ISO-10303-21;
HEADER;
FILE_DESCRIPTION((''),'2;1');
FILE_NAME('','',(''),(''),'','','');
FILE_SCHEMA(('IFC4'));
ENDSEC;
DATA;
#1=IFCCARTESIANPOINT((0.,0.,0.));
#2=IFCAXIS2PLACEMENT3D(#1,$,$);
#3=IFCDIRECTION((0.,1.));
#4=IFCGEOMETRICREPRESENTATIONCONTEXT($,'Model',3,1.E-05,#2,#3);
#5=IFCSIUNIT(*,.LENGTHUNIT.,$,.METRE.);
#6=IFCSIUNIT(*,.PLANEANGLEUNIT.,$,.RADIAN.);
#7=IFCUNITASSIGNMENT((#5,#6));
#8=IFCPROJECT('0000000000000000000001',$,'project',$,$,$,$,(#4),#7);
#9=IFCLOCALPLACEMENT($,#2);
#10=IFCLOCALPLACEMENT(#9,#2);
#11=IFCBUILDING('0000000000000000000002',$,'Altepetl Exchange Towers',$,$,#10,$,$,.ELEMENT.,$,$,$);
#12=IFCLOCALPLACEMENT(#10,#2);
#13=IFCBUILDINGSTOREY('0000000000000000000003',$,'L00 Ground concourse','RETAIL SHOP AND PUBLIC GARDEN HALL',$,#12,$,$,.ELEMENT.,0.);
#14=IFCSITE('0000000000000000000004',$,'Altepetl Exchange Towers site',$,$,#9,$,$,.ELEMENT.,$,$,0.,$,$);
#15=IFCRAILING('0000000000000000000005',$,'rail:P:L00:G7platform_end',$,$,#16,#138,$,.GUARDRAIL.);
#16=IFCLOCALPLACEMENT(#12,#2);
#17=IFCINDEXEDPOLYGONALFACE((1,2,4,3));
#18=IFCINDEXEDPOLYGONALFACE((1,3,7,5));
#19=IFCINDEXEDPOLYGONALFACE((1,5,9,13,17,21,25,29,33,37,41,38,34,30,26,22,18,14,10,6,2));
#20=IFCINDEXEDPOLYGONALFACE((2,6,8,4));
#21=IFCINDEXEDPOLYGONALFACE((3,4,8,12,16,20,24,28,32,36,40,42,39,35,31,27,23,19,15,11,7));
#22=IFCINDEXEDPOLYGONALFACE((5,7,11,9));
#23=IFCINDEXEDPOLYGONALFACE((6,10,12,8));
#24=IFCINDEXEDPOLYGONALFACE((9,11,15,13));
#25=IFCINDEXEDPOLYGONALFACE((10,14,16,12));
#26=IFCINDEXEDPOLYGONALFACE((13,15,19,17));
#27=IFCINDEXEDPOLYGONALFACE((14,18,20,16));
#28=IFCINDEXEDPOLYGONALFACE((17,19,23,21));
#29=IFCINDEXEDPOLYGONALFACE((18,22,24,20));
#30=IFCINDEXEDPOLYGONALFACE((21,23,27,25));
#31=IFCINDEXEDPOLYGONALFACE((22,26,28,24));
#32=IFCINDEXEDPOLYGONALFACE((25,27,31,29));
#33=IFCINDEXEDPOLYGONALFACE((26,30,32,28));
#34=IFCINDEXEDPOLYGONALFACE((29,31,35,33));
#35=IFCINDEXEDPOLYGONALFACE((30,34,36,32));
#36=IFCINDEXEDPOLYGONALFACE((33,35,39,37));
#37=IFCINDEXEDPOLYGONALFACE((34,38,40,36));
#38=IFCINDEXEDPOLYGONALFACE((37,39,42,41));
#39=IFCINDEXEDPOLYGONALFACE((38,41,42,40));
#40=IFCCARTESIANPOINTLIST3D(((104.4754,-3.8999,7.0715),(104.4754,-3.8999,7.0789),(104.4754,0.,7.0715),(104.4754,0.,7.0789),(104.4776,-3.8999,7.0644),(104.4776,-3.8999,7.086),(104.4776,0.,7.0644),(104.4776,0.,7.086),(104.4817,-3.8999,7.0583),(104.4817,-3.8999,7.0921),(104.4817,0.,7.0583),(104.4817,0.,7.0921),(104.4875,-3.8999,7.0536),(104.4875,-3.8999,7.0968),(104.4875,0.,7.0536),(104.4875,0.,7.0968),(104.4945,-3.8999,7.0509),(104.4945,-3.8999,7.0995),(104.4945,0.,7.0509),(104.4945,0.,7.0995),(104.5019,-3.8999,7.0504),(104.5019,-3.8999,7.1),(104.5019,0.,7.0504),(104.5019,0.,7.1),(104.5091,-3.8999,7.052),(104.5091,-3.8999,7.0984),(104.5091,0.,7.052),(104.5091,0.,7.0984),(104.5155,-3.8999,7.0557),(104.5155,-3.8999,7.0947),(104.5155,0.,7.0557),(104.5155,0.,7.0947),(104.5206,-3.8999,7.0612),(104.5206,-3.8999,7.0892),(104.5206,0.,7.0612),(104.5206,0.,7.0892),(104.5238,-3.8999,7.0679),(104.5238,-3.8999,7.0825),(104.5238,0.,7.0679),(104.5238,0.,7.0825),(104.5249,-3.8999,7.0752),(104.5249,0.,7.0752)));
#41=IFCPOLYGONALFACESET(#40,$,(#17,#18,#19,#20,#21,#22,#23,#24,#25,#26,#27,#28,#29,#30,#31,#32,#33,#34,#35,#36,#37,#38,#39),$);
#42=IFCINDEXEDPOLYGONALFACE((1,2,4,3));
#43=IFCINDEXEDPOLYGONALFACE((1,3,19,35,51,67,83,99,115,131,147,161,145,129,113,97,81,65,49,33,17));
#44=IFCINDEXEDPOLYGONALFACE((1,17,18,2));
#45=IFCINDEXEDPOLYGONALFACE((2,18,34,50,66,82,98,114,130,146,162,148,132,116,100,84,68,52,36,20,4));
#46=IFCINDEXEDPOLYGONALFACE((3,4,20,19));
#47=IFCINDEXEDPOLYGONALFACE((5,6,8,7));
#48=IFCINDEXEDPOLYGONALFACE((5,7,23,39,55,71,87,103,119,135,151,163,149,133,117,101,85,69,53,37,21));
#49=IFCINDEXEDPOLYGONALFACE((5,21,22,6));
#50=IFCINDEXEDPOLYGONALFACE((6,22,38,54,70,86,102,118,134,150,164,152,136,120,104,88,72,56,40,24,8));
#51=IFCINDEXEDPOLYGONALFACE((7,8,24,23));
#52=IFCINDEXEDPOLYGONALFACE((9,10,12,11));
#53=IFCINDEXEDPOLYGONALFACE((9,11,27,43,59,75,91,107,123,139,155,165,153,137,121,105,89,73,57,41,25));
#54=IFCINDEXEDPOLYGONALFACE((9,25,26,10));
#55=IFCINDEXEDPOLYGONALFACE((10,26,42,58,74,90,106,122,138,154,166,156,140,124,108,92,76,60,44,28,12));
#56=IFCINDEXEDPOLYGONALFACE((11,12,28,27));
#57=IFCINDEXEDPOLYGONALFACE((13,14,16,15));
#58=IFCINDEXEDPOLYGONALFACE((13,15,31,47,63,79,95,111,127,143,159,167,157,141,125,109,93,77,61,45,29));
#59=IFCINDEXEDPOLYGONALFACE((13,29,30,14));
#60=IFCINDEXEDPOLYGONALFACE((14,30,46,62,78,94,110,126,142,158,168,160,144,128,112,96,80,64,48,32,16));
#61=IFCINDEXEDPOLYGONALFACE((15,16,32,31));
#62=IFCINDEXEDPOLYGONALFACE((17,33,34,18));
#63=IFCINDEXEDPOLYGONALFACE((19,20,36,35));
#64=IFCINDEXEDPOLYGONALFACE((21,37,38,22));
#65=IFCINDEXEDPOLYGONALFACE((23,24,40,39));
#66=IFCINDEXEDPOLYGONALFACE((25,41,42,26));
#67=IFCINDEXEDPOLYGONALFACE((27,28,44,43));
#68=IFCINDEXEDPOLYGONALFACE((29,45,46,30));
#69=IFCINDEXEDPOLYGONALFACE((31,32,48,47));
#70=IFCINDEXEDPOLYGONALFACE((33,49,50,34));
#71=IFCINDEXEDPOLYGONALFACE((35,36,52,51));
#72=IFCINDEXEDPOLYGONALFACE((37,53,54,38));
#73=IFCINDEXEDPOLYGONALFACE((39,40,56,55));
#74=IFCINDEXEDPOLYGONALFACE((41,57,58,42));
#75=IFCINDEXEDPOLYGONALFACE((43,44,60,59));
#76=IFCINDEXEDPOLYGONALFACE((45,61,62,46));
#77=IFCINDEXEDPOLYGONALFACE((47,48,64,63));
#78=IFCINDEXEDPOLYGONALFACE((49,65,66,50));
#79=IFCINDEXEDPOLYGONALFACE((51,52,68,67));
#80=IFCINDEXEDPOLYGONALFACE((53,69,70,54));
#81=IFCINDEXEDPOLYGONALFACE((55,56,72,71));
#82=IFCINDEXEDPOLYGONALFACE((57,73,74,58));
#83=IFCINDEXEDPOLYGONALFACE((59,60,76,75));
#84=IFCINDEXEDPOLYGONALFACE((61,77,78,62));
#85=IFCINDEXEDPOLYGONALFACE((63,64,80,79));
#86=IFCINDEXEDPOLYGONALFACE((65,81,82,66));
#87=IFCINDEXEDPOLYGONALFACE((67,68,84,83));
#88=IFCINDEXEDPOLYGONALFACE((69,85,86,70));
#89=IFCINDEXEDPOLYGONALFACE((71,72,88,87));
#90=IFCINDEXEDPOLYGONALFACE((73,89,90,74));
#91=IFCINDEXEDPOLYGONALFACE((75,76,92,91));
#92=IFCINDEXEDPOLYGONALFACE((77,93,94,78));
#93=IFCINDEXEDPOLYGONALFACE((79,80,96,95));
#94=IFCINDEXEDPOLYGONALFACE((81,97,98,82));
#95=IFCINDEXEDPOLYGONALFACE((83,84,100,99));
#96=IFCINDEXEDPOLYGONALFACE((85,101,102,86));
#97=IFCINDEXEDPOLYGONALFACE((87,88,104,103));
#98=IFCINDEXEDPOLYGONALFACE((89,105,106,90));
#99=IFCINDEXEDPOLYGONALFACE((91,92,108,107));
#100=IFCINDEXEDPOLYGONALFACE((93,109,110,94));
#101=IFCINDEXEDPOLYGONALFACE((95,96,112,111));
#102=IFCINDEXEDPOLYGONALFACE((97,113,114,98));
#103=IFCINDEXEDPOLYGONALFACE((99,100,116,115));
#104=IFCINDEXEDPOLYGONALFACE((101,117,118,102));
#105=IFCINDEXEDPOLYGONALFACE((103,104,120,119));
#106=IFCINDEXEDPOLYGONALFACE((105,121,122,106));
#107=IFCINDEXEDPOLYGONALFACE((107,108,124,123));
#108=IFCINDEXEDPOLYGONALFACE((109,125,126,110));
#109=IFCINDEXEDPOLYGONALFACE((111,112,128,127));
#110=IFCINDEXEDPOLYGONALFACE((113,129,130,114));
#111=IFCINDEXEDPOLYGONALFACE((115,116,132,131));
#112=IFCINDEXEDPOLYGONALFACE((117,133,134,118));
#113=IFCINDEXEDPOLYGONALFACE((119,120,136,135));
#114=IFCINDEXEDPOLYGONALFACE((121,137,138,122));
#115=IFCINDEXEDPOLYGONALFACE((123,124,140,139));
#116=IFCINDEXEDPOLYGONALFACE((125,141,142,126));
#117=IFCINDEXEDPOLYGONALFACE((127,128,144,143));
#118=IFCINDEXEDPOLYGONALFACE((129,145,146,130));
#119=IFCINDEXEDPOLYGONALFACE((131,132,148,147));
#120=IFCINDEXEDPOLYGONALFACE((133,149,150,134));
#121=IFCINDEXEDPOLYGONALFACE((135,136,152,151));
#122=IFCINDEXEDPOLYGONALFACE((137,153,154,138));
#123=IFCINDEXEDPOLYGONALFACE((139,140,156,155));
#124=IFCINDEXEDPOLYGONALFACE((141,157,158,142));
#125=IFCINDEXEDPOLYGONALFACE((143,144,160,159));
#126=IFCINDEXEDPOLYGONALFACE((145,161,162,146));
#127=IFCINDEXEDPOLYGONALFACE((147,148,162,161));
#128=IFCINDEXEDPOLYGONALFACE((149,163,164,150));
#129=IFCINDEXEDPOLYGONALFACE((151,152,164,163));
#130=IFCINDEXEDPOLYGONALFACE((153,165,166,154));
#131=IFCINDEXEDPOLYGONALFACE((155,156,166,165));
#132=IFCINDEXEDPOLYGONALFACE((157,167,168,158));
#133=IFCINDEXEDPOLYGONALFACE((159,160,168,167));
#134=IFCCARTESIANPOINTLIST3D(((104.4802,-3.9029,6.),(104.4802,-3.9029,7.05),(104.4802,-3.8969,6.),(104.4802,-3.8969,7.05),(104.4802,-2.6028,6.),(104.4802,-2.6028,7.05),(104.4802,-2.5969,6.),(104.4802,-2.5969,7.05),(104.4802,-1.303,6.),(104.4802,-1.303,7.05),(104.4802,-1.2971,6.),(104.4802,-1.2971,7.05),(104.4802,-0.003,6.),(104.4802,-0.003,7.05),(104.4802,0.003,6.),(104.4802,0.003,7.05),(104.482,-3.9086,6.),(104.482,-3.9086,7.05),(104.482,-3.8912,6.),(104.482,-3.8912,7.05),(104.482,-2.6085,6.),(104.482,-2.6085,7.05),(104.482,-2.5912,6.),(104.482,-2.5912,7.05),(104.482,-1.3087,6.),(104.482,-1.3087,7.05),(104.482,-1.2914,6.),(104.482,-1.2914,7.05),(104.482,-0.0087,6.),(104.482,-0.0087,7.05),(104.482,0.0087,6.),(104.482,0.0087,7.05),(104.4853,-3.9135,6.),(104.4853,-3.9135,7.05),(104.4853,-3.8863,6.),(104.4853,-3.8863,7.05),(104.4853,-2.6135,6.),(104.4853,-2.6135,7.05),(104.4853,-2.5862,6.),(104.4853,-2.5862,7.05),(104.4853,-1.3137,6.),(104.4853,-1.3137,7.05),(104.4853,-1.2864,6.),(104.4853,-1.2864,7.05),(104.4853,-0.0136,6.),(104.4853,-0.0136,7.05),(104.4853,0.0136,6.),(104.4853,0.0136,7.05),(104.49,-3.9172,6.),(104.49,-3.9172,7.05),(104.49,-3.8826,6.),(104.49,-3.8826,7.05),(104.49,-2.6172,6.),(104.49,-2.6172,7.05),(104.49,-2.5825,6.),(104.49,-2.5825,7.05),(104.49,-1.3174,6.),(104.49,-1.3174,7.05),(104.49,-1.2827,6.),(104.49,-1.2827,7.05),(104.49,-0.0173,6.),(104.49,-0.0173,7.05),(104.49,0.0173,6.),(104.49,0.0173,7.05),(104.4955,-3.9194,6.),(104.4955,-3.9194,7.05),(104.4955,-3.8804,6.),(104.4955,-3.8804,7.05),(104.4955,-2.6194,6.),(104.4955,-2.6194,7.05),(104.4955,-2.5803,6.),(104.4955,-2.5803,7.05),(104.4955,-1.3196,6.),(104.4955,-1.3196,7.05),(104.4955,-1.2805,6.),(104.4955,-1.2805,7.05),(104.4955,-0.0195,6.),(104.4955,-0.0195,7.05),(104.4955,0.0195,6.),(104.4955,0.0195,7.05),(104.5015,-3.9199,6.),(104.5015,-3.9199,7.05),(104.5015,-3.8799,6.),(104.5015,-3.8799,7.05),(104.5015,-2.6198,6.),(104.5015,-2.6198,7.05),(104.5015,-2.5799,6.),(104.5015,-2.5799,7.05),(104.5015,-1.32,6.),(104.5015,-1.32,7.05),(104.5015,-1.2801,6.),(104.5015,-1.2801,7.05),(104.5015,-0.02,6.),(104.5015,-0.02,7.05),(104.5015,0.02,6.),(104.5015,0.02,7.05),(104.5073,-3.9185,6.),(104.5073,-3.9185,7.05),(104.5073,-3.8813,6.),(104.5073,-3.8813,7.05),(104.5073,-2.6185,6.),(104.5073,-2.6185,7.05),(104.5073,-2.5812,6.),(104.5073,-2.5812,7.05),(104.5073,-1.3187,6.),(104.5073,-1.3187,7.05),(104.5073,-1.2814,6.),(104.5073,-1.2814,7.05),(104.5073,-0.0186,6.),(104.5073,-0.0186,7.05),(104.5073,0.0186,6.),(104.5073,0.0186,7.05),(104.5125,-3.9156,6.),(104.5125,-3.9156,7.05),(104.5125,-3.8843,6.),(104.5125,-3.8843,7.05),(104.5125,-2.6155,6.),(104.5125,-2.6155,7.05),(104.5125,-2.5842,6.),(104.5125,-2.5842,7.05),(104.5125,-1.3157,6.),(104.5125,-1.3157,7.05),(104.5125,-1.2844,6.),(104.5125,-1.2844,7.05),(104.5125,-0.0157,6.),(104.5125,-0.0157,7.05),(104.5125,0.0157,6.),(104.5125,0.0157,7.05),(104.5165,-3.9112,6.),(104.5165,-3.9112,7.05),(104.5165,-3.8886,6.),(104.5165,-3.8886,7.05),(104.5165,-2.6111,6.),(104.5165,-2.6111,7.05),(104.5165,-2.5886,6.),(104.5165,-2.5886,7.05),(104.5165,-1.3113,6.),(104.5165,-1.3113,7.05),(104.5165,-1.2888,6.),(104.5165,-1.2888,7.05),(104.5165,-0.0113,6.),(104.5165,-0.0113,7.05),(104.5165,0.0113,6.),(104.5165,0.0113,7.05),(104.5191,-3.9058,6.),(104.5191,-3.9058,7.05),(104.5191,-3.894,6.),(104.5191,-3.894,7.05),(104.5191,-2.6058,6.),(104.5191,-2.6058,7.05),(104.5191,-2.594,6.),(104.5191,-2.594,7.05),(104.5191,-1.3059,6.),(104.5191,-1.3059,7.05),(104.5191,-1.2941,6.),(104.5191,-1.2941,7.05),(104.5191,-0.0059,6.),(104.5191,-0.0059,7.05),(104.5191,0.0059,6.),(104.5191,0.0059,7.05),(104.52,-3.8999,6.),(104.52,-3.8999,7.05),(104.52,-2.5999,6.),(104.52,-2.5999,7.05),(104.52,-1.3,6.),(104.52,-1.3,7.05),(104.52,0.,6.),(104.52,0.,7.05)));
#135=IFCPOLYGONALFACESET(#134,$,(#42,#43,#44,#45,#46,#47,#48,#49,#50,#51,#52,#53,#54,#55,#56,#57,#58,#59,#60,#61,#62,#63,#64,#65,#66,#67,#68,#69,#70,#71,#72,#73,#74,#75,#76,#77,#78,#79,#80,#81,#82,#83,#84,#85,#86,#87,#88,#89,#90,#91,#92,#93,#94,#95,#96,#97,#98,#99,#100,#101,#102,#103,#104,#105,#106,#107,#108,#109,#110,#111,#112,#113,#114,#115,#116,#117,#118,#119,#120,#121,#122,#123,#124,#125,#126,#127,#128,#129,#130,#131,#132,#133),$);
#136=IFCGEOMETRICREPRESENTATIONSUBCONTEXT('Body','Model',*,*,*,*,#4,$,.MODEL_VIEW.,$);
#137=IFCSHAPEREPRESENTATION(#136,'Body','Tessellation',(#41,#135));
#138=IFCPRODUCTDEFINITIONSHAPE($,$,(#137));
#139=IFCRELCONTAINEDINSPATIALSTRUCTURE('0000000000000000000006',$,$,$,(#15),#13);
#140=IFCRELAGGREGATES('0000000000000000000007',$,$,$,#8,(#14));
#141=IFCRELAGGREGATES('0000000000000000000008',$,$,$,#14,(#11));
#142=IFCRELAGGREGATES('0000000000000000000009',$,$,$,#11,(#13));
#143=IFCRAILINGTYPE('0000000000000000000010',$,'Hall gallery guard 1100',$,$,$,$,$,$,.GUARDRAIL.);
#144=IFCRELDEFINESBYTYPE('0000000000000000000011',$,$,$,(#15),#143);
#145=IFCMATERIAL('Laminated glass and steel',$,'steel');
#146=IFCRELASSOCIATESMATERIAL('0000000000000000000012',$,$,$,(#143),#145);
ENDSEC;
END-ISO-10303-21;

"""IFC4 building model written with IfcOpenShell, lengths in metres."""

from ifc_helpers import new_model, si_unit, direction, frame, origin, origin_2d, place, context, subcontext, project, spatial, circle, extrude, source, transform, mapped, material, type_object, element, save


model = new_model("IFC4")

# Units and contexts
model_context = context("Model", 3, precision=1e-05, world=origin(), true_north=direction((0.0, 1.0)))
body_context = subcontext(model_context, "Body", "Model", "MODEL_VIEW")
ifc_project = project(units=[si_unit("LENGTHUNIT", "METRE"), si_unit("PLANEANGLEUNIT", "RADIAN")], contexts=[model_context])

# Site, building, storey
site_placement = place(None, origin())
site = spatial("IfcSite", under=ifc_project, at=site_placement, Name="Altepetl Exchange Towers site", CompositionType="ELEMENT", RefElevation=0.0)
building_placement = place(site_placement, origin())
building = spatial("IfcBuilding", under=site, at=building_placement, Name="Altepetl Exchange Towers", CompositionType="ELEMENT")
storey_placement = place(building_placement, origin())
storey = spatial("IfcBuildingStorey", under=building, at=storey_placement, Name="L00 Ground concourse", Description="RETAIL SHOP AND PUBLIC GARDEN HALL", CompositionType="ELEMENT", Elevation=0.0)

# Railing
ifc_material_1 = material(Name="Laminated glass and steel", Category="steel")
railing_type = type_object("IfcRailingType", Name="Hall gallery guard 1100", PredefinedType="GUARDRAIL", material=ifc_material_1)
shared_shape = source(origin(), body_context, "Body", "SweptSolid", [
    extrude(circle(Radius=0.02, at=origin_2d()), origin(), (0.0, 0.0, 1.0), 1.05),
])
railing_1_placement = place(storey_placement, frame((104.5, 0.0, 6.0)))
element("IfcRailing", 1, at=railing_1_placement, inside=storey, type_object=railing_type, Name="rail:P:L00:G7platform_end", PredefinedType="GUARDRAIL", context=body_context, shape_type="SweptSolid", body=[
    extrude(circle(Radius=0.0249, at=origin_2d()), frame((0.0, 0.0, 1.0752), z_axis=(0.0, -1.0, 0.0), x_axis=(1.0, 0.0, 0.0)), (0.0, 0.0, 1.0), 3.8999),
    mapped(shared_shape, transform((0.0, 0.0, 0.0))),
    mapped(shared_shape, transform((0.0, -1.3, 0.0))),
    mapped(shared_shape, transform((0.0, -2.5999, 0.0))),
    mapped(shared_shape, transform((0.0, -3.8999, 0.0))),
])

save(model, "model.ifc")
